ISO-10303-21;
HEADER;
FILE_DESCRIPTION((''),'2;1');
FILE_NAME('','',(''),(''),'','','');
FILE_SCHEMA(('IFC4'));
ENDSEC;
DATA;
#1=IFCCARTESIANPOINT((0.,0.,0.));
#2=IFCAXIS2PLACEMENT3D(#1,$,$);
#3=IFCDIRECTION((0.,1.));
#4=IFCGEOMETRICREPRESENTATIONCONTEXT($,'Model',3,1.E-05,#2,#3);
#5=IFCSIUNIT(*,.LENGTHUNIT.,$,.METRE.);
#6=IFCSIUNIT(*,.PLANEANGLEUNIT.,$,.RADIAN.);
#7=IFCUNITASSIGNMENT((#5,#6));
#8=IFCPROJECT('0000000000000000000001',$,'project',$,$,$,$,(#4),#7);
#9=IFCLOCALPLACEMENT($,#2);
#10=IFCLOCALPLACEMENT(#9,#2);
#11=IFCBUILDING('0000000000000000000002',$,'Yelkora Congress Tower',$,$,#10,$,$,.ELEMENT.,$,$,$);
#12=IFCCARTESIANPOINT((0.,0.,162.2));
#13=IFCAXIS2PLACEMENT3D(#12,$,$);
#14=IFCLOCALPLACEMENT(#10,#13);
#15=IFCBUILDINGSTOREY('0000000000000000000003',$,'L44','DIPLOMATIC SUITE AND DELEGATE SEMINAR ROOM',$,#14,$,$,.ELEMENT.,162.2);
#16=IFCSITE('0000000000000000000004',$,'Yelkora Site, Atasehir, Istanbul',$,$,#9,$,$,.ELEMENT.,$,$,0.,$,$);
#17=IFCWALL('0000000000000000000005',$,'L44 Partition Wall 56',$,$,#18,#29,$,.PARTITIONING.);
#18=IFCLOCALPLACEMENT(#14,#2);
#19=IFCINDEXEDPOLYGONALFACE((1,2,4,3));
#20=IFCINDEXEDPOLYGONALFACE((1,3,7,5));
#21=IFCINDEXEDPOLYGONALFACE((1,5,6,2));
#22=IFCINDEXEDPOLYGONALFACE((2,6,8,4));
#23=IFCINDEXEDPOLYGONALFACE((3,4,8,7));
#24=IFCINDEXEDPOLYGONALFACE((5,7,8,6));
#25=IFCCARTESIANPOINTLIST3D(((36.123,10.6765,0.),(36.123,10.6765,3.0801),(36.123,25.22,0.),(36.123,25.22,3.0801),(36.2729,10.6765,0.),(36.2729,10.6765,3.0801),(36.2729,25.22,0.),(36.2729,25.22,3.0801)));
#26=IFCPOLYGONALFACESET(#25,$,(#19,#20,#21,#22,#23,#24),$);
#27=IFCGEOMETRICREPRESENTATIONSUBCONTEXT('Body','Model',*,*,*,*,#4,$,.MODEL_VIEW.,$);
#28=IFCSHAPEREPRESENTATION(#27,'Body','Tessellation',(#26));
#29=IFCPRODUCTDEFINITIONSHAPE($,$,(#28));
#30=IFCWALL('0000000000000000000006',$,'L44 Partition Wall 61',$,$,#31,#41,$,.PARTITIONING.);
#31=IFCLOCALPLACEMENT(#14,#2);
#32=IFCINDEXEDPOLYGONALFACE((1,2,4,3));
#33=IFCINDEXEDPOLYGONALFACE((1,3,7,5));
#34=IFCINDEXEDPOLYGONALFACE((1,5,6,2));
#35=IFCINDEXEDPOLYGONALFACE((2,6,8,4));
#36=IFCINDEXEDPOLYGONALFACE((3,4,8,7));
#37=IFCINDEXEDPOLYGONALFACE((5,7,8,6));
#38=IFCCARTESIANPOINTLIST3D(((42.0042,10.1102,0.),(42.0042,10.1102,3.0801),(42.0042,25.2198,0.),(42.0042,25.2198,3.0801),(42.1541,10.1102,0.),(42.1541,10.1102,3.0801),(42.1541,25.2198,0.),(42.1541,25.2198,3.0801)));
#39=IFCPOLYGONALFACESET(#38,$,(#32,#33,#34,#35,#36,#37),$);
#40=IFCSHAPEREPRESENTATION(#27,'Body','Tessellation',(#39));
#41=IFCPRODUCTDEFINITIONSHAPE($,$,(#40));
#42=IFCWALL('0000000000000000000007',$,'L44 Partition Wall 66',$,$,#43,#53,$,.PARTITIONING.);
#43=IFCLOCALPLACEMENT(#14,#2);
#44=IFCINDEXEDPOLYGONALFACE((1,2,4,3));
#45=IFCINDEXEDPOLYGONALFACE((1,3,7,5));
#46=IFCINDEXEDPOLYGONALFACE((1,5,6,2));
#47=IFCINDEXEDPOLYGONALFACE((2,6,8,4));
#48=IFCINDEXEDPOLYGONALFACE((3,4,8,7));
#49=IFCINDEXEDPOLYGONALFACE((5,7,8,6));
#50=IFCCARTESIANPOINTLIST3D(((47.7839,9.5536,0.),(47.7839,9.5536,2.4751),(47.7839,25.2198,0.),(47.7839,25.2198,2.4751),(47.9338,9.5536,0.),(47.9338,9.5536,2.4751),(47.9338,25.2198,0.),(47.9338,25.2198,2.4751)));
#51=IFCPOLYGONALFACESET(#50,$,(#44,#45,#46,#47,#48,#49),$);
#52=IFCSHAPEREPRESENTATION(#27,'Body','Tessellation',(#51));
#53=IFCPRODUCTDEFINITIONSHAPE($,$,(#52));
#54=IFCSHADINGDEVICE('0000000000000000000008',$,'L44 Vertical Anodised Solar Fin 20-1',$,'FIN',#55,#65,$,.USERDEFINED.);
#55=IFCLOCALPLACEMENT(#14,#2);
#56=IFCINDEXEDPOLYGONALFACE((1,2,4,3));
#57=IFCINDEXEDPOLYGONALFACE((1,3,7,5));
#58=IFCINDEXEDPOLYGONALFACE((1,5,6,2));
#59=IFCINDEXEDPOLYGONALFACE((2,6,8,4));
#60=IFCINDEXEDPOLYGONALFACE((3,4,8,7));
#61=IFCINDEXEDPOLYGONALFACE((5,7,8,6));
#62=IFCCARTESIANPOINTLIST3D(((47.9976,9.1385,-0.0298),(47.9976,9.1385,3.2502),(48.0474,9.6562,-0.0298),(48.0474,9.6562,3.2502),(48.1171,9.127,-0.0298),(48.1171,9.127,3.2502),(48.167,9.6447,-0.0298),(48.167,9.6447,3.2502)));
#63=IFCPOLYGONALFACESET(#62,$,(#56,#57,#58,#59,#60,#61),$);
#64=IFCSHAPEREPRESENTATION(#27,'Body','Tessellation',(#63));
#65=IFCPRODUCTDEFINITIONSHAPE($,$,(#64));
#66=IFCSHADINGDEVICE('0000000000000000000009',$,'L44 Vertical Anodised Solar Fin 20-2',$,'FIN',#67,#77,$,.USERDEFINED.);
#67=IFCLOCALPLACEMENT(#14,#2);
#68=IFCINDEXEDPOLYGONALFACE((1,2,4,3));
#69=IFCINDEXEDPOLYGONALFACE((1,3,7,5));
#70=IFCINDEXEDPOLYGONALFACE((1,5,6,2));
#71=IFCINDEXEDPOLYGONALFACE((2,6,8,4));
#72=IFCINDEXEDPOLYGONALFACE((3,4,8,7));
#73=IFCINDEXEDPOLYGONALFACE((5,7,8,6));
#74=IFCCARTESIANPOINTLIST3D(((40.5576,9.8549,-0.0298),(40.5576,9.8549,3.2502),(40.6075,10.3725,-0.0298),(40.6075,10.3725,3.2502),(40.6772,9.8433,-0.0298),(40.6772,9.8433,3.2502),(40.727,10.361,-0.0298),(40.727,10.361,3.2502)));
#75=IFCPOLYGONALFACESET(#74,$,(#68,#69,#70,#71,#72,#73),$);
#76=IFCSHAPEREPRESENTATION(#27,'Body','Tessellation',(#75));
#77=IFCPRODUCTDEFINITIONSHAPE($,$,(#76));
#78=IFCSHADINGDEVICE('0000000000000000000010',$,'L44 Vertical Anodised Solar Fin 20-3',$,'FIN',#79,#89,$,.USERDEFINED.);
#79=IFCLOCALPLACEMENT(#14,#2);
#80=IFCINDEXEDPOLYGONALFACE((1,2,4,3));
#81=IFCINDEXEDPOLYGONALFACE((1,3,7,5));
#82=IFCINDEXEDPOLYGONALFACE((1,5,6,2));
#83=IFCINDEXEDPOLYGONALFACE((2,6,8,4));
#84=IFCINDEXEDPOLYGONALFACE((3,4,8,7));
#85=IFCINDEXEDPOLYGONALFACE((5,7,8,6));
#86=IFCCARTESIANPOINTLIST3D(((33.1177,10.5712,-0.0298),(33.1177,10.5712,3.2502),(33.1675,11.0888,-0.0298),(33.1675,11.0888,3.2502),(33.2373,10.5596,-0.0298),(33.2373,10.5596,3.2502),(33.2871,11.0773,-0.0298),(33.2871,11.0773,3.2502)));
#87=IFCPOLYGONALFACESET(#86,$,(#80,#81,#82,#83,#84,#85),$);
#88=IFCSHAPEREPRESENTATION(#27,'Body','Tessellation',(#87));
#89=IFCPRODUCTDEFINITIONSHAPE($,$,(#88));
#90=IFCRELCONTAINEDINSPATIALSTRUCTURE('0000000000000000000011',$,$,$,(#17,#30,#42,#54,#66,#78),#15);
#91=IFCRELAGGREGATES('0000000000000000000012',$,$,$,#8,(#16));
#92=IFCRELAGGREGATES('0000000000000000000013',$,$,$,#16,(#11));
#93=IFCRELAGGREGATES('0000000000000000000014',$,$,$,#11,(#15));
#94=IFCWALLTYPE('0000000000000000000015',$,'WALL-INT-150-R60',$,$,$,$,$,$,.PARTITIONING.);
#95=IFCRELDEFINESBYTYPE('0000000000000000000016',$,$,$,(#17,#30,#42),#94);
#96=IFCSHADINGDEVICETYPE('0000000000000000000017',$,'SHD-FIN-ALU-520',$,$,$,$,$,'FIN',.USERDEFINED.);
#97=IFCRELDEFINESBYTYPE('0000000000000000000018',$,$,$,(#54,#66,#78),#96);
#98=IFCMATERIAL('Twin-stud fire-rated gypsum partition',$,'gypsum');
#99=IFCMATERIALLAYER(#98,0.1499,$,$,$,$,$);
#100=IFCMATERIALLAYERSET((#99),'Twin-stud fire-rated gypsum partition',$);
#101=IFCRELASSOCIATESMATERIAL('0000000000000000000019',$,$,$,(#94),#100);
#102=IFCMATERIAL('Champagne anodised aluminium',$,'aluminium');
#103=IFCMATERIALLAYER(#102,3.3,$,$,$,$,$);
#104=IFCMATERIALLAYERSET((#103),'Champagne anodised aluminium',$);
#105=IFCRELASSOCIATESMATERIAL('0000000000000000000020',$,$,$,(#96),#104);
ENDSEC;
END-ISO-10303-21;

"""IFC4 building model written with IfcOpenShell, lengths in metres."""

from ifc_helpers import new_model, si_unit, direction, frame, frame_2d, origin, origin_2d, place, context, subcontext, project, spatial, rectangle, extrude, material, layer, layer_set, type_object, element, save


model = new_model("IFC4")

# Units and contexts
model_context = context("Model", 3, precision=1e-05, world=origin(), true_north=direction((0.0, 1.0)))
body_context = subcontext(model_context, "Body", "Model", "MODEL_VIEW")
ifc_project = project(units=[si_unit("LENGTHUNIT", "METRE"), si_unit("PLANEANGLEUNIT", "RADIAN")], contexts=[model_context])

# Site, building, storey
site_placement = place(None, origin())
site = spatial("IfcSite", under=ifc_project, at=site_placement, Name="Yelkora Site, Atasehir, Istanbul", CompositionType="ELEMENT", RefElevation=0.0)
building_placement = place(site_placement, origin())
building = spatial("IfcBuilding", under=site, at=building_placement, Name="Yelkora Congress Tower", CompositionType="ELEMENT")
storey_placement = place(building_placement, frame((0.0, 0.0, 162.2)))
storey = spatial("IfcBuildingStorey", under=building, at=storey_placement, Name="L44", Description="DIPLOMATIC SUITE AND DELEGATE SEMINAR ROOM", CompositionType="ELEMENT", Elevation=162.2)

# Walls
ifc_material_1 = material(Name="Twin-stud fire-rated gypsum partition", Category="gypsum")
ifc_layer_1 = layer(ifc_material_1, 0.1499)
ifc_layer_set_1 = layer_set([ifc_layer_1], Name="Twin-stud fire-rated gypsum partition")
wall_type = type_object("IfcWallType", Name="WALL-INT-150-R60", PredefinedType="PARTITIONING", material=ifc_layer_set_1)
wall_1_placement = place(storey_placement, frame((36.198, 10.6765, 0.0), z_axis=(0.0, 0.0, 1.0), x_axis=(0.0, 1.0, 0.0)))
element("IfcWall", 1, at=wall_1_placement, inside=storey, type_object=wall_type, Name="L44 Partition Wall 56", PredefinedType="PARTITIONING", context=body_context, shape_type="SweptSolid", body=[
    extrude(rectangle(XDim=14.5435, YDim=0.1499, at=frame_2d((7.2717, 0.0))), origin(), (0.0, 0.0, 1.0), 3.0801),
])
wall_2_placement = place(storey_placement, frame((42.0791, 10.1104, 0.0), z_axis=(0.0, 0.0, 1.0), x_axis=(0.0, 1.0, 0.0)))
element("IfcWall", 2, at=wall_2_placement, inside=storey, type_object=wall_type, Name="L44 Partition Wall 61", PredefinedType="PARTITIONING", context=body_context, shape_type="SweptSolid", body=[
    extrude(rectangle(XDim=15.1096, YDim=0.1499, at=frame_2d((7.5547, 0.0))), origin(), (0.0, 0.0, 1.0), 3.0801),
])
wall_3_placement = place(storey_placement, frame((47.8589, 9.5537, 0.0), z_axis=(0.0, 0.0, 1.0), x_axis=(0.0, 1.0, 0.0)))
element("IfcWall", 3, at=wall_3_placement, inside=storey, type_object=wall_type, Name="L44 Partition Wall 66", PredefinedType="PARTITIONING", context=body_context, shape_type="SweptSolid", body=[
    extrude(rectangle(XDim=15.6663, YDim=0.1499, at=frame_2d((7.833, 0.0))), origin(), (0.0, 0.0, 1.0), 2.4751),
])

# Shading devices
ifc_material_2 = material(Name="Champagne anodised aluminium", Category="aluminium")
ifc_layer_2 = layer(ifc_material_2, 3.3)
ifc_layer_set_2 = layer_set([ifc_layer_2], Name="Champagne anodised aluminium")
shading_device_type = type_object("IfcShadingDeviceType", Name="SHD-FIN-ALU-520", ElementType="FIN", PredefinedType="USERDEFINED", material=ifc_layer_set_2)
for number, where, z_axis, x_axis, name in (
    (4, (48.0823, 9.3916, -0.0298), (0.0, 0.0, 1.0), (-0.995396, 0.095846, 0.0), "L44 Vertical Anodised Solar Fin 20-1"),
    (5, (40.6423, 10.1079, -0.0298), (0.0, 0.0, 1.0), (-0.995396, 0.095846, 0.0), "L44 Vertical Anodised Solar Fin 20-2"),
    (6, (33.2024, 10.8242, -0.0298), (0.0, 0.0, 1.0), (-0.995396, 0.095846, 0.0), "L44 Vertical Anodised Solar Fin 20-3"),
):
    element("IfcShadingDevice", number, at=place(storey_placement, frame(where, z_axis=z_axis, x_axis=x_axis)), inside=storey, type_object=shading_device_type, Name=name, ObjectType="FIN", PredefinedType="USERDEFINED", context=body_context, shape_type="SweptSolid", body=[
        extrude(rectangle(XDim=0.1201, YDim=0.52, at=origin_2d()), origin(), (0.0, 0.0, 1.0), 3.28),
    ])

save(model, "model.ifc")
